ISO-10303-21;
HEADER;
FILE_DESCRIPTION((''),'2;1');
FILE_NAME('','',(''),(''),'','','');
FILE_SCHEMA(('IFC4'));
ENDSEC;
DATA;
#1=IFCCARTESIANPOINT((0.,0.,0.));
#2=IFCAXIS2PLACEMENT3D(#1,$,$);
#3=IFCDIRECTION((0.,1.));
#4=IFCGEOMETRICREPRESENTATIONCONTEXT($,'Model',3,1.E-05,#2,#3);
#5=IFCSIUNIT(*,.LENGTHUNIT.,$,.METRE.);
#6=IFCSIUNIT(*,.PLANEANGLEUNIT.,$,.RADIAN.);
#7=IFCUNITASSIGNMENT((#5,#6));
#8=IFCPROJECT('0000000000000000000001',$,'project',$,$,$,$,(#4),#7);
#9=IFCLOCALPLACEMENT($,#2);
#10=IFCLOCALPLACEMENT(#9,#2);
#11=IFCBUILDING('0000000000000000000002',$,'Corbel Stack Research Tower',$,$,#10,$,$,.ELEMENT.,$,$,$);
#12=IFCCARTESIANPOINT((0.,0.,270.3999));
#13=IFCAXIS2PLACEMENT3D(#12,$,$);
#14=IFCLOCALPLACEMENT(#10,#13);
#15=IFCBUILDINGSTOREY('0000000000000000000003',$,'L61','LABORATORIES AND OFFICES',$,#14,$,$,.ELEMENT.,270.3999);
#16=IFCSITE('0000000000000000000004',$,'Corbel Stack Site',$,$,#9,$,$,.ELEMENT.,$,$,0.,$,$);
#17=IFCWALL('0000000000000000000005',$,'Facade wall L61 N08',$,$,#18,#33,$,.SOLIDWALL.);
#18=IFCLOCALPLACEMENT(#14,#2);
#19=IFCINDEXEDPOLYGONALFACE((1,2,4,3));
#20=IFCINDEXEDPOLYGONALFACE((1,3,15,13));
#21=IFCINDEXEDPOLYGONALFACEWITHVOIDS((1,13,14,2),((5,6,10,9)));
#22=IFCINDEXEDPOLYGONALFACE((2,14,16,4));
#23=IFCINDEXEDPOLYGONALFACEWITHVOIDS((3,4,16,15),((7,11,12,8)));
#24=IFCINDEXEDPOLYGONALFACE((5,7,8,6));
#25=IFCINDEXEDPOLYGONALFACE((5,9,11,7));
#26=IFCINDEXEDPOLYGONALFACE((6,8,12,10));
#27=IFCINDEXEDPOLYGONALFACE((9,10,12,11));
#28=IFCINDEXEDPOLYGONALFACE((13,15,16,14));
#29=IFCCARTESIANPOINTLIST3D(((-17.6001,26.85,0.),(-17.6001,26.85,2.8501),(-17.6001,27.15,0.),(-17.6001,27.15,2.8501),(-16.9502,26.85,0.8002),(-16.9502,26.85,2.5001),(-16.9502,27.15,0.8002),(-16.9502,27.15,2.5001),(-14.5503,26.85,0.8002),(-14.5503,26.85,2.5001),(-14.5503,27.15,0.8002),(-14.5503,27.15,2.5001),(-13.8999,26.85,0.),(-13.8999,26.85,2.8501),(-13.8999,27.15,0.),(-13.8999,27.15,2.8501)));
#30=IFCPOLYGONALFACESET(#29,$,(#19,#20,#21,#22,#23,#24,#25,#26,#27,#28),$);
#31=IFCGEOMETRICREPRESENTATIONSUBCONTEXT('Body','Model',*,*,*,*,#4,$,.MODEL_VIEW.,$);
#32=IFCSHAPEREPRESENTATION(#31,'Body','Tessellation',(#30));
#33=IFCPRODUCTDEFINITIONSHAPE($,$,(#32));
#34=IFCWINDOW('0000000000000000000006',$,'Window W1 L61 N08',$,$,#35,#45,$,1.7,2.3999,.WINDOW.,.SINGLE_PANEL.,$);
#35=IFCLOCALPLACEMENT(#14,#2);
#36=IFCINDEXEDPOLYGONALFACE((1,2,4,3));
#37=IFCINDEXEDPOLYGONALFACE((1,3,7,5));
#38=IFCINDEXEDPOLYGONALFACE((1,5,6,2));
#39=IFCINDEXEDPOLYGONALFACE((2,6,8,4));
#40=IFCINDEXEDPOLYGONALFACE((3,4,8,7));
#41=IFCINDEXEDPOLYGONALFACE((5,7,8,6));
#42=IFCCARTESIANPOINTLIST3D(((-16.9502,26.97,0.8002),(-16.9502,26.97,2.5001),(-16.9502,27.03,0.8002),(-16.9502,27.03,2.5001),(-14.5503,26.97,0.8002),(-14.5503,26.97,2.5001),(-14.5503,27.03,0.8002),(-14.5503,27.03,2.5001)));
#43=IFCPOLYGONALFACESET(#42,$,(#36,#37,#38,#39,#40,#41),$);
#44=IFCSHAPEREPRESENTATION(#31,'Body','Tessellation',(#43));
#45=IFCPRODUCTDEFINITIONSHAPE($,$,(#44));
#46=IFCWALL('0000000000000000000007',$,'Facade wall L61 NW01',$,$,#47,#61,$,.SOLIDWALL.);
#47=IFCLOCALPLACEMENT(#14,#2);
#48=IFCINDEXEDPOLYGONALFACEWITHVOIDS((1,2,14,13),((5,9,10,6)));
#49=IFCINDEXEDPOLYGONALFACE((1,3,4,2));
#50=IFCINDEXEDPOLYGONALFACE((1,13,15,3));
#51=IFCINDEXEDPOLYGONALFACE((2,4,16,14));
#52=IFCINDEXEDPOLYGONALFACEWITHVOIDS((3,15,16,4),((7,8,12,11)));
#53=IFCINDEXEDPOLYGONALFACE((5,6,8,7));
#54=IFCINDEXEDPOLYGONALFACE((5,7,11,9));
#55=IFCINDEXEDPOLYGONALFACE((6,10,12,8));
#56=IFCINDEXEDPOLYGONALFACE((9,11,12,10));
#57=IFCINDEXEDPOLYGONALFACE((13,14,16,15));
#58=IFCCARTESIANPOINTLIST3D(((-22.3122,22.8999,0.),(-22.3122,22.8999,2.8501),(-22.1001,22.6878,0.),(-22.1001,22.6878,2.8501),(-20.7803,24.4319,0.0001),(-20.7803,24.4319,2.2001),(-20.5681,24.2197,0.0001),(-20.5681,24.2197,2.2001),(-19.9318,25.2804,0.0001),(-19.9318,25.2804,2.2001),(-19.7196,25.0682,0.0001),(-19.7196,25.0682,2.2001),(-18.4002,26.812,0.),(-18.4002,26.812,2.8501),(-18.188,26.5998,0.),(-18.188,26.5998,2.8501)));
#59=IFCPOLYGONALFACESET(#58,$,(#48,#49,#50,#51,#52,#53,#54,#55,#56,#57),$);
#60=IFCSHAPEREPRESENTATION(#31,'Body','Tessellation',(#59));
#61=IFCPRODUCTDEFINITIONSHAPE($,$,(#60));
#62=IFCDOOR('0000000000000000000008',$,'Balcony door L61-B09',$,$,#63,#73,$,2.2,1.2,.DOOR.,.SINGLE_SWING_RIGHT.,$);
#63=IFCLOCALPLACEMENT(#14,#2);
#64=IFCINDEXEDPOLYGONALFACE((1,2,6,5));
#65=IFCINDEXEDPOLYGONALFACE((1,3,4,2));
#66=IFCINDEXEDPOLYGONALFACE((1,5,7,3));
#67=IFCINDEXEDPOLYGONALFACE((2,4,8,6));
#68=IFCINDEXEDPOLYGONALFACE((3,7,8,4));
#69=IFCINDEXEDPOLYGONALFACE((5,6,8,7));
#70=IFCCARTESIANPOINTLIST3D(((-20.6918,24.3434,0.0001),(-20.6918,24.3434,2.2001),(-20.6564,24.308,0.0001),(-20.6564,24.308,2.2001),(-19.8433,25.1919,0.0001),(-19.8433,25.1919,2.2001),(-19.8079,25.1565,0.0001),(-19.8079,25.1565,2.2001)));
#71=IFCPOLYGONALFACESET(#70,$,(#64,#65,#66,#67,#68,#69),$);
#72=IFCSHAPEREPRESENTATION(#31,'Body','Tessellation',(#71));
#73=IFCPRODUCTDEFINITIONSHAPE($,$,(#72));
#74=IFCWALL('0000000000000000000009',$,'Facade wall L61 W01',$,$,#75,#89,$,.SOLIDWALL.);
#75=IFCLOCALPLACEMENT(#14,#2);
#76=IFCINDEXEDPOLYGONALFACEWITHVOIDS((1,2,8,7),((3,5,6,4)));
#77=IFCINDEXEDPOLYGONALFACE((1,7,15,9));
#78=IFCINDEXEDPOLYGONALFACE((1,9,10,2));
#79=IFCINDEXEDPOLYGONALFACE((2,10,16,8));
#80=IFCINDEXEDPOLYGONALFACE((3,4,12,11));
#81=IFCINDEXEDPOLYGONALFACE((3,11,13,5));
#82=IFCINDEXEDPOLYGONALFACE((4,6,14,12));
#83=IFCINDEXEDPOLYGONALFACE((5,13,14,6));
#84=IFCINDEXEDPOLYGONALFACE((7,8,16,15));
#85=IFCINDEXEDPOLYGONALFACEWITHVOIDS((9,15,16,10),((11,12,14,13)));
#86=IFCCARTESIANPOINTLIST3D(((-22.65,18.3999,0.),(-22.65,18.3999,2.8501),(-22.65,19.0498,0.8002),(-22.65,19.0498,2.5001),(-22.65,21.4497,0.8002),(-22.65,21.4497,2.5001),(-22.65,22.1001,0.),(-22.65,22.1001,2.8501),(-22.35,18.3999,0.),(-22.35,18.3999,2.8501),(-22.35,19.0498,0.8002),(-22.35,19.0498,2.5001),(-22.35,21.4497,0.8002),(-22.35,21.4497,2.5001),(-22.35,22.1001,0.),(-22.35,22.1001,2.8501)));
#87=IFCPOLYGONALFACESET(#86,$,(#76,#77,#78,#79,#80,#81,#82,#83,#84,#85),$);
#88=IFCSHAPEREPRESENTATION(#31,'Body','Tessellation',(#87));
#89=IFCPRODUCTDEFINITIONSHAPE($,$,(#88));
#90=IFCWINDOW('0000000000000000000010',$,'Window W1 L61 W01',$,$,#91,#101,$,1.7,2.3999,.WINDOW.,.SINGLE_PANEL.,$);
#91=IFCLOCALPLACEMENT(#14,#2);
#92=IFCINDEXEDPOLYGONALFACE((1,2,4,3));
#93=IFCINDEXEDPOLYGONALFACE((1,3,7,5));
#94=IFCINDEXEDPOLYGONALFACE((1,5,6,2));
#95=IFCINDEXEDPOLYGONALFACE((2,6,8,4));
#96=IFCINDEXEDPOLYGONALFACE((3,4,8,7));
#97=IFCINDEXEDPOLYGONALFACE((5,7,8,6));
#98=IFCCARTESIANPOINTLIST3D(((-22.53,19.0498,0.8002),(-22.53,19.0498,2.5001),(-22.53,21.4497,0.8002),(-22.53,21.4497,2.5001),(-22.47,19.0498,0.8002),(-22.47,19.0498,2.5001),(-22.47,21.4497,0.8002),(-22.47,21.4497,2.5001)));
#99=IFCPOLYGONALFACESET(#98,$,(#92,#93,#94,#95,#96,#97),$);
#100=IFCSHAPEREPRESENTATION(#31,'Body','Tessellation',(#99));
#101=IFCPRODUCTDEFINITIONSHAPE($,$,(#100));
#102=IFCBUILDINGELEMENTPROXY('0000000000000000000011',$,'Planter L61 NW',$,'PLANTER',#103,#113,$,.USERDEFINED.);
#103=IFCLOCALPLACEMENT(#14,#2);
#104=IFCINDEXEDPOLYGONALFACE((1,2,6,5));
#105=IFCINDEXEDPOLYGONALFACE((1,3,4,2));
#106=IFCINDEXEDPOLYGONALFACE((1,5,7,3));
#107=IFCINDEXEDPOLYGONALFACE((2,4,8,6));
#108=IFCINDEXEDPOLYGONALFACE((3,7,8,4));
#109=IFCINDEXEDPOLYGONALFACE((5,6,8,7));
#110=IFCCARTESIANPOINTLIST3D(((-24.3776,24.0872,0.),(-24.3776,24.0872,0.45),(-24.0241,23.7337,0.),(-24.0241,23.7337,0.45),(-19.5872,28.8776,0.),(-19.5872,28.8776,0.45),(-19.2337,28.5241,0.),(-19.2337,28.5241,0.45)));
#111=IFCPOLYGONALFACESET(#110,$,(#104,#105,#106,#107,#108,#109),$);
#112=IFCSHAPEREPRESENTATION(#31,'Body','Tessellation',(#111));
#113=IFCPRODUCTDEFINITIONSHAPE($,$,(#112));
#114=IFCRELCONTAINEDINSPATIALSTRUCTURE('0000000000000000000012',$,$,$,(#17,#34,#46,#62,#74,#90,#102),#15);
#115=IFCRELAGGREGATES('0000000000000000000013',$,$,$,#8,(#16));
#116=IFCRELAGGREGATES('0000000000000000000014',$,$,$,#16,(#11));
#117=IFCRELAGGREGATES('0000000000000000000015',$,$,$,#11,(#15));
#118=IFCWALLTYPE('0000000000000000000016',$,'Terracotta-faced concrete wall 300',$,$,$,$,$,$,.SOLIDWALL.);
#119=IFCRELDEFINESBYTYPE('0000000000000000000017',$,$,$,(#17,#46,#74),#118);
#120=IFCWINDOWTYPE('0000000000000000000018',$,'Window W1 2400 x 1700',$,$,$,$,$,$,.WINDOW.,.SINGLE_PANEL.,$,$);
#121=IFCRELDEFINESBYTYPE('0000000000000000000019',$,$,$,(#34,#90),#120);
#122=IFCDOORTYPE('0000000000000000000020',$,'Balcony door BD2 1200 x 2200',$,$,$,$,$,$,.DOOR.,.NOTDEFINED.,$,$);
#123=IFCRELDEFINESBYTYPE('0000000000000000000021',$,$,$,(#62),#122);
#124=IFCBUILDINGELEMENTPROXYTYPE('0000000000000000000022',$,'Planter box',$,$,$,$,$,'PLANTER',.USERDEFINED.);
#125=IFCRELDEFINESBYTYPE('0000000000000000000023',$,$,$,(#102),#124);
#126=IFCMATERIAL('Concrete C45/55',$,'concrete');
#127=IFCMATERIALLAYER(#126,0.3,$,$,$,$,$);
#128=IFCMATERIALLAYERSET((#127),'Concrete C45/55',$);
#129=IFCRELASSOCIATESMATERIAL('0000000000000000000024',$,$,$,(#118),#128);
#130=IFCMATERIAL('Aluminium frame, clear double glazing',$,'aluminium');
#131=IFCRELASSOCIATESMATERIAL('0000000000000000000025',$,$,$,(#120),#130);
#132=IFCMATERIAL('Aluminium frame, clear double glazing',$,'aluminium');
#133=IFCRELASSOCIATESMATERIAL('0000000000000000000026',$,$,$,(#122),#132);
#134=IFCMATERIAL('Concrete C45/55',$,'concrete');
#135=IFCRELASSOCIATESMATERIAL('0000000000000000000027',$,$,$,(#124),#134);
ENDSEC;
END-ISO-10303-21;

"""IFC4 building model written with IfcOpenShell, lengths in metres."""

from ifc_helpers import new_model, si_unit, direction, frame, frame_2d, origin, origin_2d, place, context, subcontext, project, spatial, rectangle, extrude, material, layer, layer_set, type_object, element, fill, save


model = new_model("IFC4")

# Units and contexts
model_context = context("Model", 3, precision=1e-05, world=origin(), true_north=direction((0.0, 1.0)))
body_context = subcontext(model_context, "Body", "Model", "MODEL_VIEW")
ifc_project = project(units=[si_unit("LENGTHUNIT", "METRE"), si_unit("PLANEANGLEUNIT", "RADIAN")], contexts=[model_context])

# Site, building, storey
site_placement = place(None, origin())
site = spatial("IfcSite", under=ifc_project, at=site_placement, Name="Corbel Stack Site", CompositionType="ELEMENT", RefElevation=0.0)
building_placement = place(site_placement, origin())
building = spatial("IfcBuilding", under=site, at=building_placement, Name="Corbel Stack Research Tower", CompositionType="ELEMENT")
storey_placement = place(building_placement, frame((0.0, 0.0, 270.3999)))
storey = spatial("IfcBuildingStorey", under=building, at=storey_placement, Name="L61", Description="LABORATORIES AND OFFICES", CompositionType="ELEMENT", Elevation=270.3999)

# Wall, opening, window
ifc_material_1 = material(Name="Concrete C45/55", Category="concrete")
ifc_layer_1 = layer(ifc_material_1, 0.3)
ifc_layer_set_1 = layer_set([ifc_layer_1], Name="Concrete C45/55")
wall_type_1 = type_object("IfcWallType", Name="Terracotta-faced concrete wall 300", PredefinedType="SOLIDWALL", material=ifc_layer_set_1)
wall_1_placement = place(storey_placement, frame((-17.6001, 27.0, 0.0), z_axis=(0.0, 0.0, 1.0), x_axis=(1.0, 0.0, 0.0)))
wall_1 = element("IfcWall", 1, at=wall_1_placement, inside=storey, type_object=wall_type_1, Name="Facade wall L61 N08", PredefinedType="SOLIDWALL", context=body_context, shape_type="SweptSolid", body=[
    extrude(rectangle(XDim=3.7002, YDim=0.3, at=frame_2d((1.8501, 0.0))), origin(), (0.0, 0.0, 1.0), 2.8501),
])
opening_1_placement = place(wall_1_placement, frame((0.6499, 0.0, 0.8)))
opening_1 = element("IfcOpeningElement", 2, at=opening_1_placement, cuts=wall_1, PredefinedType="OPENING", context=body_context, shape_type="SweptSolid", body=[
    extrude(rectangle(XDim=2.3999, YDim=1.7, at=frame_2d((1.2, 0.8501))), frame((0.0, 0.1599, 0.0), z_axis=(0.0, -1.0, 0.0), x_axis=(1.0, 0.0, 0.0)), (0.0, 0.0, 1.0), 0.3201),
])
ifc_material_2 = material(Name="Aluminium frame, clear double glazing", Category="aluminium")
window_type = type_object("IfcWindowType", Name="Window W1 2400 x 1700", PartitioningType="SINGLE_PANEL", PredefinedType="WINDOW", material=ifc_material_2)
window_1_placement = place(opening_1_placement, origin())
window_1 = element("IfcWindow", 3, at=window_1_placement, inside=storey, type_object=window_type, Name="Window W1 L61 N08", OverallHeight=1.7, OverallWidth=2.3999, PartitioningType="SINGLE_PANEL", PredefinedType="WINDOW", context=body_context, shape_type="SweptSolid", body=[
    extrude(rectangle(XDim=2.3999, YDim=1.7, at=frame_2d((1.2, 0.8501))), frame((0.0, 0.03, 0.0), z_axis=(0.0, -1.0, 0.0), x_axis=(1.0, 0.0, 0.0)), (0.0, 0.0, 1.0), 0.0601),
])
fill(opening_1, window_1)

# Wall, opening, door
wall_2_placement = place(storey_placement, frame((-22.2061, 22.7939, 0.0), z_axis=(0.0, 0.0, 1.0), x_axis=(0.707107, 0.707107, 0.0)))
wall_2 = element("IfcWall", 4, at=wall_2_placement, inside=storey, type_object=wall_type_1, Name="Facade wall L61 NW01", PredefinedType="SOLIDWALL", context=body_context, shape_type="SweptSolid", body=[
    extrude(rectangle(XDim=5.5325, YDim=0.3, at=frame_2d((2.7661, 0.0))), origin(), (0.0, 0.0, 1.0), 2.8501),
])
opening_2_placement = place(wall_2_placement, frame((2.1663, 0.0, 0.0)))
opening_2 = element("IfcOpeningElement", 5, at=opening_2_placement, cuts=wall_2, PredefinedType="OPENING", context=body_context, shape_type="SweptSolid", body=[
    extrude(rectangle(XDim=1.2, YDim=2.2, at=frame_2d((0.6001, 1.1001))), frame((0.0, 0.1599, 0.0), z_axis=(0.0, -1.0, 0.0), x_axis=(1.0, 0.0, 0.0)), (0.0, 0.0, 1.0), 0.3201),
])
ifc_material_3 = material(Name="Aluminium frame, clear double glazing", Category="aluminium")
door_type_1 = type_object("IfcDoorType", Name="Balcony door BD2 1200 x 2200", OperationType="NOTDEFINED", PredefinedType="DOOR", material=ifc_material_3)
door_1_placement = place(opening_2_placement, origin())
door_1 = element("IfcDoor", 6, at=door_1_placement, inside=storey, type_object=door_type_1, Name="Balcony door L61-B09", OperationType="SINGLE_SWING_RIGHT", OverallHeight=2.2, OverallWidth=1.2, PredefinedType="DOOR", context=body_context, shape_type="SweptSolid", body=[
    extrude(rectangle(XDim=1.2, YDim=2.2, at=frame_2d((0.6001, 1.1001))), frame((0.0, 0.0249, 0.0), z_axis=(0.0, -1.0, 0.0), x_axis=(1.0, 0.0, 0.0)), (0.0, 0.0, 1.0), 0.05),
])
fill(opening_2, door_1)

# Wall, opening, window
wall_3_placement = place(storey_placement, frame((-22.5, 18.3999, 0.0), z_axis=(0.0, 0.0, 1.0), x_axis=(0.0, 1.0, 0.0)))
wall_3 = element("IfcWall", 7, at=wall_3_placement, inside=storey, type_object=wall_type_1, Name="Facade wall L61 W01", PredefinedType="SOLIDWALL", context=body_context, shape_type="SweptSolid", body=[
    extrude(rectangle(XDim=3.7002, YDim=0.3, at=frame_2d((1.8501, 0.0))), origin(), (0.0, 0.0, 1.0), 2.8501),
])
opening_3_placement = place(wall_3_placement, frame((0.6499, 0.0, 0.8)))
opening_3 = element("IfcOpeningElement", 8, at=opening_3_placement, cuts=wall_3, PredefinedType="OPENING", context=body_context, shape_type="SweptSolid", body=[
    extrude(rectangle(XDim=2.3999, YDim=1.7, at=frame_2d((1.2, 0.8501))), frame((0.0, 0.1599, 0.0), z_axis=(0.0, -1.0, 0.0), x_axis=(1.0, 0.0, 0.0)), (0.0, 0.0, 1.0), 0.3201),
])
window_2_placement = place(opening_3_placement, origin())
window_2 = element("IfcWindow", 9, at=window_2_placement, inside=storey, type_object=window_type, Name="Window W1 L61 W01", OverallHeight=1.7, OverallWidth=2.3999, PartitioningType="SINGLE_PANEL", PredefinedType="WINDOW", context=body_context, shape_type="SweptSolid", body=[
    extrude(rectangle(XDim=2.3999, YDim=1.7, at=frame_2d((1.2, 0.8501))), frame((0.0, 0.03, 0.0), z_axis=(0.0, -1.0, 0.0), x_axis=(1.0, 0.0, 0.0)), (0.0, 0.0, 1.0), 0.0601),
])
fill(opening_3, window_2)

# Building element proxy
ifc_material_4 = material(Name="Concrete C45/55", Category="concrete")
building_element_proxy_type = type_object("IfcBuildingElementProxyType", Name="Planter box", ElementType="PLANTER", PredefinedType="USERDEFINED", material=ifc_material_4)
proxy_placement = place(storey_placement, frame((-21.8057, 26.3057, 0.0), z_axis=(0.0, 0.0, 1.0), x_axis=(-0.707107, -0.707107, 0.0)))
element("IfcBuildingElementProxy", 10, at=proxy_placement, inside=storey, type_object=building_element_proxy_type, Name="Planter L61 NW", ObjectType="PLANTER", PredefinedType="USERDEFINED", context=body_context, shape_type="SweptSolid", body=[
    extrude(rectangle(XDim=6.7747, YDim=0.5, at=origin_2d()), origin(), (0.0, 0.0, 1.0), 0.45),
])

save(model, "model.ifc")
